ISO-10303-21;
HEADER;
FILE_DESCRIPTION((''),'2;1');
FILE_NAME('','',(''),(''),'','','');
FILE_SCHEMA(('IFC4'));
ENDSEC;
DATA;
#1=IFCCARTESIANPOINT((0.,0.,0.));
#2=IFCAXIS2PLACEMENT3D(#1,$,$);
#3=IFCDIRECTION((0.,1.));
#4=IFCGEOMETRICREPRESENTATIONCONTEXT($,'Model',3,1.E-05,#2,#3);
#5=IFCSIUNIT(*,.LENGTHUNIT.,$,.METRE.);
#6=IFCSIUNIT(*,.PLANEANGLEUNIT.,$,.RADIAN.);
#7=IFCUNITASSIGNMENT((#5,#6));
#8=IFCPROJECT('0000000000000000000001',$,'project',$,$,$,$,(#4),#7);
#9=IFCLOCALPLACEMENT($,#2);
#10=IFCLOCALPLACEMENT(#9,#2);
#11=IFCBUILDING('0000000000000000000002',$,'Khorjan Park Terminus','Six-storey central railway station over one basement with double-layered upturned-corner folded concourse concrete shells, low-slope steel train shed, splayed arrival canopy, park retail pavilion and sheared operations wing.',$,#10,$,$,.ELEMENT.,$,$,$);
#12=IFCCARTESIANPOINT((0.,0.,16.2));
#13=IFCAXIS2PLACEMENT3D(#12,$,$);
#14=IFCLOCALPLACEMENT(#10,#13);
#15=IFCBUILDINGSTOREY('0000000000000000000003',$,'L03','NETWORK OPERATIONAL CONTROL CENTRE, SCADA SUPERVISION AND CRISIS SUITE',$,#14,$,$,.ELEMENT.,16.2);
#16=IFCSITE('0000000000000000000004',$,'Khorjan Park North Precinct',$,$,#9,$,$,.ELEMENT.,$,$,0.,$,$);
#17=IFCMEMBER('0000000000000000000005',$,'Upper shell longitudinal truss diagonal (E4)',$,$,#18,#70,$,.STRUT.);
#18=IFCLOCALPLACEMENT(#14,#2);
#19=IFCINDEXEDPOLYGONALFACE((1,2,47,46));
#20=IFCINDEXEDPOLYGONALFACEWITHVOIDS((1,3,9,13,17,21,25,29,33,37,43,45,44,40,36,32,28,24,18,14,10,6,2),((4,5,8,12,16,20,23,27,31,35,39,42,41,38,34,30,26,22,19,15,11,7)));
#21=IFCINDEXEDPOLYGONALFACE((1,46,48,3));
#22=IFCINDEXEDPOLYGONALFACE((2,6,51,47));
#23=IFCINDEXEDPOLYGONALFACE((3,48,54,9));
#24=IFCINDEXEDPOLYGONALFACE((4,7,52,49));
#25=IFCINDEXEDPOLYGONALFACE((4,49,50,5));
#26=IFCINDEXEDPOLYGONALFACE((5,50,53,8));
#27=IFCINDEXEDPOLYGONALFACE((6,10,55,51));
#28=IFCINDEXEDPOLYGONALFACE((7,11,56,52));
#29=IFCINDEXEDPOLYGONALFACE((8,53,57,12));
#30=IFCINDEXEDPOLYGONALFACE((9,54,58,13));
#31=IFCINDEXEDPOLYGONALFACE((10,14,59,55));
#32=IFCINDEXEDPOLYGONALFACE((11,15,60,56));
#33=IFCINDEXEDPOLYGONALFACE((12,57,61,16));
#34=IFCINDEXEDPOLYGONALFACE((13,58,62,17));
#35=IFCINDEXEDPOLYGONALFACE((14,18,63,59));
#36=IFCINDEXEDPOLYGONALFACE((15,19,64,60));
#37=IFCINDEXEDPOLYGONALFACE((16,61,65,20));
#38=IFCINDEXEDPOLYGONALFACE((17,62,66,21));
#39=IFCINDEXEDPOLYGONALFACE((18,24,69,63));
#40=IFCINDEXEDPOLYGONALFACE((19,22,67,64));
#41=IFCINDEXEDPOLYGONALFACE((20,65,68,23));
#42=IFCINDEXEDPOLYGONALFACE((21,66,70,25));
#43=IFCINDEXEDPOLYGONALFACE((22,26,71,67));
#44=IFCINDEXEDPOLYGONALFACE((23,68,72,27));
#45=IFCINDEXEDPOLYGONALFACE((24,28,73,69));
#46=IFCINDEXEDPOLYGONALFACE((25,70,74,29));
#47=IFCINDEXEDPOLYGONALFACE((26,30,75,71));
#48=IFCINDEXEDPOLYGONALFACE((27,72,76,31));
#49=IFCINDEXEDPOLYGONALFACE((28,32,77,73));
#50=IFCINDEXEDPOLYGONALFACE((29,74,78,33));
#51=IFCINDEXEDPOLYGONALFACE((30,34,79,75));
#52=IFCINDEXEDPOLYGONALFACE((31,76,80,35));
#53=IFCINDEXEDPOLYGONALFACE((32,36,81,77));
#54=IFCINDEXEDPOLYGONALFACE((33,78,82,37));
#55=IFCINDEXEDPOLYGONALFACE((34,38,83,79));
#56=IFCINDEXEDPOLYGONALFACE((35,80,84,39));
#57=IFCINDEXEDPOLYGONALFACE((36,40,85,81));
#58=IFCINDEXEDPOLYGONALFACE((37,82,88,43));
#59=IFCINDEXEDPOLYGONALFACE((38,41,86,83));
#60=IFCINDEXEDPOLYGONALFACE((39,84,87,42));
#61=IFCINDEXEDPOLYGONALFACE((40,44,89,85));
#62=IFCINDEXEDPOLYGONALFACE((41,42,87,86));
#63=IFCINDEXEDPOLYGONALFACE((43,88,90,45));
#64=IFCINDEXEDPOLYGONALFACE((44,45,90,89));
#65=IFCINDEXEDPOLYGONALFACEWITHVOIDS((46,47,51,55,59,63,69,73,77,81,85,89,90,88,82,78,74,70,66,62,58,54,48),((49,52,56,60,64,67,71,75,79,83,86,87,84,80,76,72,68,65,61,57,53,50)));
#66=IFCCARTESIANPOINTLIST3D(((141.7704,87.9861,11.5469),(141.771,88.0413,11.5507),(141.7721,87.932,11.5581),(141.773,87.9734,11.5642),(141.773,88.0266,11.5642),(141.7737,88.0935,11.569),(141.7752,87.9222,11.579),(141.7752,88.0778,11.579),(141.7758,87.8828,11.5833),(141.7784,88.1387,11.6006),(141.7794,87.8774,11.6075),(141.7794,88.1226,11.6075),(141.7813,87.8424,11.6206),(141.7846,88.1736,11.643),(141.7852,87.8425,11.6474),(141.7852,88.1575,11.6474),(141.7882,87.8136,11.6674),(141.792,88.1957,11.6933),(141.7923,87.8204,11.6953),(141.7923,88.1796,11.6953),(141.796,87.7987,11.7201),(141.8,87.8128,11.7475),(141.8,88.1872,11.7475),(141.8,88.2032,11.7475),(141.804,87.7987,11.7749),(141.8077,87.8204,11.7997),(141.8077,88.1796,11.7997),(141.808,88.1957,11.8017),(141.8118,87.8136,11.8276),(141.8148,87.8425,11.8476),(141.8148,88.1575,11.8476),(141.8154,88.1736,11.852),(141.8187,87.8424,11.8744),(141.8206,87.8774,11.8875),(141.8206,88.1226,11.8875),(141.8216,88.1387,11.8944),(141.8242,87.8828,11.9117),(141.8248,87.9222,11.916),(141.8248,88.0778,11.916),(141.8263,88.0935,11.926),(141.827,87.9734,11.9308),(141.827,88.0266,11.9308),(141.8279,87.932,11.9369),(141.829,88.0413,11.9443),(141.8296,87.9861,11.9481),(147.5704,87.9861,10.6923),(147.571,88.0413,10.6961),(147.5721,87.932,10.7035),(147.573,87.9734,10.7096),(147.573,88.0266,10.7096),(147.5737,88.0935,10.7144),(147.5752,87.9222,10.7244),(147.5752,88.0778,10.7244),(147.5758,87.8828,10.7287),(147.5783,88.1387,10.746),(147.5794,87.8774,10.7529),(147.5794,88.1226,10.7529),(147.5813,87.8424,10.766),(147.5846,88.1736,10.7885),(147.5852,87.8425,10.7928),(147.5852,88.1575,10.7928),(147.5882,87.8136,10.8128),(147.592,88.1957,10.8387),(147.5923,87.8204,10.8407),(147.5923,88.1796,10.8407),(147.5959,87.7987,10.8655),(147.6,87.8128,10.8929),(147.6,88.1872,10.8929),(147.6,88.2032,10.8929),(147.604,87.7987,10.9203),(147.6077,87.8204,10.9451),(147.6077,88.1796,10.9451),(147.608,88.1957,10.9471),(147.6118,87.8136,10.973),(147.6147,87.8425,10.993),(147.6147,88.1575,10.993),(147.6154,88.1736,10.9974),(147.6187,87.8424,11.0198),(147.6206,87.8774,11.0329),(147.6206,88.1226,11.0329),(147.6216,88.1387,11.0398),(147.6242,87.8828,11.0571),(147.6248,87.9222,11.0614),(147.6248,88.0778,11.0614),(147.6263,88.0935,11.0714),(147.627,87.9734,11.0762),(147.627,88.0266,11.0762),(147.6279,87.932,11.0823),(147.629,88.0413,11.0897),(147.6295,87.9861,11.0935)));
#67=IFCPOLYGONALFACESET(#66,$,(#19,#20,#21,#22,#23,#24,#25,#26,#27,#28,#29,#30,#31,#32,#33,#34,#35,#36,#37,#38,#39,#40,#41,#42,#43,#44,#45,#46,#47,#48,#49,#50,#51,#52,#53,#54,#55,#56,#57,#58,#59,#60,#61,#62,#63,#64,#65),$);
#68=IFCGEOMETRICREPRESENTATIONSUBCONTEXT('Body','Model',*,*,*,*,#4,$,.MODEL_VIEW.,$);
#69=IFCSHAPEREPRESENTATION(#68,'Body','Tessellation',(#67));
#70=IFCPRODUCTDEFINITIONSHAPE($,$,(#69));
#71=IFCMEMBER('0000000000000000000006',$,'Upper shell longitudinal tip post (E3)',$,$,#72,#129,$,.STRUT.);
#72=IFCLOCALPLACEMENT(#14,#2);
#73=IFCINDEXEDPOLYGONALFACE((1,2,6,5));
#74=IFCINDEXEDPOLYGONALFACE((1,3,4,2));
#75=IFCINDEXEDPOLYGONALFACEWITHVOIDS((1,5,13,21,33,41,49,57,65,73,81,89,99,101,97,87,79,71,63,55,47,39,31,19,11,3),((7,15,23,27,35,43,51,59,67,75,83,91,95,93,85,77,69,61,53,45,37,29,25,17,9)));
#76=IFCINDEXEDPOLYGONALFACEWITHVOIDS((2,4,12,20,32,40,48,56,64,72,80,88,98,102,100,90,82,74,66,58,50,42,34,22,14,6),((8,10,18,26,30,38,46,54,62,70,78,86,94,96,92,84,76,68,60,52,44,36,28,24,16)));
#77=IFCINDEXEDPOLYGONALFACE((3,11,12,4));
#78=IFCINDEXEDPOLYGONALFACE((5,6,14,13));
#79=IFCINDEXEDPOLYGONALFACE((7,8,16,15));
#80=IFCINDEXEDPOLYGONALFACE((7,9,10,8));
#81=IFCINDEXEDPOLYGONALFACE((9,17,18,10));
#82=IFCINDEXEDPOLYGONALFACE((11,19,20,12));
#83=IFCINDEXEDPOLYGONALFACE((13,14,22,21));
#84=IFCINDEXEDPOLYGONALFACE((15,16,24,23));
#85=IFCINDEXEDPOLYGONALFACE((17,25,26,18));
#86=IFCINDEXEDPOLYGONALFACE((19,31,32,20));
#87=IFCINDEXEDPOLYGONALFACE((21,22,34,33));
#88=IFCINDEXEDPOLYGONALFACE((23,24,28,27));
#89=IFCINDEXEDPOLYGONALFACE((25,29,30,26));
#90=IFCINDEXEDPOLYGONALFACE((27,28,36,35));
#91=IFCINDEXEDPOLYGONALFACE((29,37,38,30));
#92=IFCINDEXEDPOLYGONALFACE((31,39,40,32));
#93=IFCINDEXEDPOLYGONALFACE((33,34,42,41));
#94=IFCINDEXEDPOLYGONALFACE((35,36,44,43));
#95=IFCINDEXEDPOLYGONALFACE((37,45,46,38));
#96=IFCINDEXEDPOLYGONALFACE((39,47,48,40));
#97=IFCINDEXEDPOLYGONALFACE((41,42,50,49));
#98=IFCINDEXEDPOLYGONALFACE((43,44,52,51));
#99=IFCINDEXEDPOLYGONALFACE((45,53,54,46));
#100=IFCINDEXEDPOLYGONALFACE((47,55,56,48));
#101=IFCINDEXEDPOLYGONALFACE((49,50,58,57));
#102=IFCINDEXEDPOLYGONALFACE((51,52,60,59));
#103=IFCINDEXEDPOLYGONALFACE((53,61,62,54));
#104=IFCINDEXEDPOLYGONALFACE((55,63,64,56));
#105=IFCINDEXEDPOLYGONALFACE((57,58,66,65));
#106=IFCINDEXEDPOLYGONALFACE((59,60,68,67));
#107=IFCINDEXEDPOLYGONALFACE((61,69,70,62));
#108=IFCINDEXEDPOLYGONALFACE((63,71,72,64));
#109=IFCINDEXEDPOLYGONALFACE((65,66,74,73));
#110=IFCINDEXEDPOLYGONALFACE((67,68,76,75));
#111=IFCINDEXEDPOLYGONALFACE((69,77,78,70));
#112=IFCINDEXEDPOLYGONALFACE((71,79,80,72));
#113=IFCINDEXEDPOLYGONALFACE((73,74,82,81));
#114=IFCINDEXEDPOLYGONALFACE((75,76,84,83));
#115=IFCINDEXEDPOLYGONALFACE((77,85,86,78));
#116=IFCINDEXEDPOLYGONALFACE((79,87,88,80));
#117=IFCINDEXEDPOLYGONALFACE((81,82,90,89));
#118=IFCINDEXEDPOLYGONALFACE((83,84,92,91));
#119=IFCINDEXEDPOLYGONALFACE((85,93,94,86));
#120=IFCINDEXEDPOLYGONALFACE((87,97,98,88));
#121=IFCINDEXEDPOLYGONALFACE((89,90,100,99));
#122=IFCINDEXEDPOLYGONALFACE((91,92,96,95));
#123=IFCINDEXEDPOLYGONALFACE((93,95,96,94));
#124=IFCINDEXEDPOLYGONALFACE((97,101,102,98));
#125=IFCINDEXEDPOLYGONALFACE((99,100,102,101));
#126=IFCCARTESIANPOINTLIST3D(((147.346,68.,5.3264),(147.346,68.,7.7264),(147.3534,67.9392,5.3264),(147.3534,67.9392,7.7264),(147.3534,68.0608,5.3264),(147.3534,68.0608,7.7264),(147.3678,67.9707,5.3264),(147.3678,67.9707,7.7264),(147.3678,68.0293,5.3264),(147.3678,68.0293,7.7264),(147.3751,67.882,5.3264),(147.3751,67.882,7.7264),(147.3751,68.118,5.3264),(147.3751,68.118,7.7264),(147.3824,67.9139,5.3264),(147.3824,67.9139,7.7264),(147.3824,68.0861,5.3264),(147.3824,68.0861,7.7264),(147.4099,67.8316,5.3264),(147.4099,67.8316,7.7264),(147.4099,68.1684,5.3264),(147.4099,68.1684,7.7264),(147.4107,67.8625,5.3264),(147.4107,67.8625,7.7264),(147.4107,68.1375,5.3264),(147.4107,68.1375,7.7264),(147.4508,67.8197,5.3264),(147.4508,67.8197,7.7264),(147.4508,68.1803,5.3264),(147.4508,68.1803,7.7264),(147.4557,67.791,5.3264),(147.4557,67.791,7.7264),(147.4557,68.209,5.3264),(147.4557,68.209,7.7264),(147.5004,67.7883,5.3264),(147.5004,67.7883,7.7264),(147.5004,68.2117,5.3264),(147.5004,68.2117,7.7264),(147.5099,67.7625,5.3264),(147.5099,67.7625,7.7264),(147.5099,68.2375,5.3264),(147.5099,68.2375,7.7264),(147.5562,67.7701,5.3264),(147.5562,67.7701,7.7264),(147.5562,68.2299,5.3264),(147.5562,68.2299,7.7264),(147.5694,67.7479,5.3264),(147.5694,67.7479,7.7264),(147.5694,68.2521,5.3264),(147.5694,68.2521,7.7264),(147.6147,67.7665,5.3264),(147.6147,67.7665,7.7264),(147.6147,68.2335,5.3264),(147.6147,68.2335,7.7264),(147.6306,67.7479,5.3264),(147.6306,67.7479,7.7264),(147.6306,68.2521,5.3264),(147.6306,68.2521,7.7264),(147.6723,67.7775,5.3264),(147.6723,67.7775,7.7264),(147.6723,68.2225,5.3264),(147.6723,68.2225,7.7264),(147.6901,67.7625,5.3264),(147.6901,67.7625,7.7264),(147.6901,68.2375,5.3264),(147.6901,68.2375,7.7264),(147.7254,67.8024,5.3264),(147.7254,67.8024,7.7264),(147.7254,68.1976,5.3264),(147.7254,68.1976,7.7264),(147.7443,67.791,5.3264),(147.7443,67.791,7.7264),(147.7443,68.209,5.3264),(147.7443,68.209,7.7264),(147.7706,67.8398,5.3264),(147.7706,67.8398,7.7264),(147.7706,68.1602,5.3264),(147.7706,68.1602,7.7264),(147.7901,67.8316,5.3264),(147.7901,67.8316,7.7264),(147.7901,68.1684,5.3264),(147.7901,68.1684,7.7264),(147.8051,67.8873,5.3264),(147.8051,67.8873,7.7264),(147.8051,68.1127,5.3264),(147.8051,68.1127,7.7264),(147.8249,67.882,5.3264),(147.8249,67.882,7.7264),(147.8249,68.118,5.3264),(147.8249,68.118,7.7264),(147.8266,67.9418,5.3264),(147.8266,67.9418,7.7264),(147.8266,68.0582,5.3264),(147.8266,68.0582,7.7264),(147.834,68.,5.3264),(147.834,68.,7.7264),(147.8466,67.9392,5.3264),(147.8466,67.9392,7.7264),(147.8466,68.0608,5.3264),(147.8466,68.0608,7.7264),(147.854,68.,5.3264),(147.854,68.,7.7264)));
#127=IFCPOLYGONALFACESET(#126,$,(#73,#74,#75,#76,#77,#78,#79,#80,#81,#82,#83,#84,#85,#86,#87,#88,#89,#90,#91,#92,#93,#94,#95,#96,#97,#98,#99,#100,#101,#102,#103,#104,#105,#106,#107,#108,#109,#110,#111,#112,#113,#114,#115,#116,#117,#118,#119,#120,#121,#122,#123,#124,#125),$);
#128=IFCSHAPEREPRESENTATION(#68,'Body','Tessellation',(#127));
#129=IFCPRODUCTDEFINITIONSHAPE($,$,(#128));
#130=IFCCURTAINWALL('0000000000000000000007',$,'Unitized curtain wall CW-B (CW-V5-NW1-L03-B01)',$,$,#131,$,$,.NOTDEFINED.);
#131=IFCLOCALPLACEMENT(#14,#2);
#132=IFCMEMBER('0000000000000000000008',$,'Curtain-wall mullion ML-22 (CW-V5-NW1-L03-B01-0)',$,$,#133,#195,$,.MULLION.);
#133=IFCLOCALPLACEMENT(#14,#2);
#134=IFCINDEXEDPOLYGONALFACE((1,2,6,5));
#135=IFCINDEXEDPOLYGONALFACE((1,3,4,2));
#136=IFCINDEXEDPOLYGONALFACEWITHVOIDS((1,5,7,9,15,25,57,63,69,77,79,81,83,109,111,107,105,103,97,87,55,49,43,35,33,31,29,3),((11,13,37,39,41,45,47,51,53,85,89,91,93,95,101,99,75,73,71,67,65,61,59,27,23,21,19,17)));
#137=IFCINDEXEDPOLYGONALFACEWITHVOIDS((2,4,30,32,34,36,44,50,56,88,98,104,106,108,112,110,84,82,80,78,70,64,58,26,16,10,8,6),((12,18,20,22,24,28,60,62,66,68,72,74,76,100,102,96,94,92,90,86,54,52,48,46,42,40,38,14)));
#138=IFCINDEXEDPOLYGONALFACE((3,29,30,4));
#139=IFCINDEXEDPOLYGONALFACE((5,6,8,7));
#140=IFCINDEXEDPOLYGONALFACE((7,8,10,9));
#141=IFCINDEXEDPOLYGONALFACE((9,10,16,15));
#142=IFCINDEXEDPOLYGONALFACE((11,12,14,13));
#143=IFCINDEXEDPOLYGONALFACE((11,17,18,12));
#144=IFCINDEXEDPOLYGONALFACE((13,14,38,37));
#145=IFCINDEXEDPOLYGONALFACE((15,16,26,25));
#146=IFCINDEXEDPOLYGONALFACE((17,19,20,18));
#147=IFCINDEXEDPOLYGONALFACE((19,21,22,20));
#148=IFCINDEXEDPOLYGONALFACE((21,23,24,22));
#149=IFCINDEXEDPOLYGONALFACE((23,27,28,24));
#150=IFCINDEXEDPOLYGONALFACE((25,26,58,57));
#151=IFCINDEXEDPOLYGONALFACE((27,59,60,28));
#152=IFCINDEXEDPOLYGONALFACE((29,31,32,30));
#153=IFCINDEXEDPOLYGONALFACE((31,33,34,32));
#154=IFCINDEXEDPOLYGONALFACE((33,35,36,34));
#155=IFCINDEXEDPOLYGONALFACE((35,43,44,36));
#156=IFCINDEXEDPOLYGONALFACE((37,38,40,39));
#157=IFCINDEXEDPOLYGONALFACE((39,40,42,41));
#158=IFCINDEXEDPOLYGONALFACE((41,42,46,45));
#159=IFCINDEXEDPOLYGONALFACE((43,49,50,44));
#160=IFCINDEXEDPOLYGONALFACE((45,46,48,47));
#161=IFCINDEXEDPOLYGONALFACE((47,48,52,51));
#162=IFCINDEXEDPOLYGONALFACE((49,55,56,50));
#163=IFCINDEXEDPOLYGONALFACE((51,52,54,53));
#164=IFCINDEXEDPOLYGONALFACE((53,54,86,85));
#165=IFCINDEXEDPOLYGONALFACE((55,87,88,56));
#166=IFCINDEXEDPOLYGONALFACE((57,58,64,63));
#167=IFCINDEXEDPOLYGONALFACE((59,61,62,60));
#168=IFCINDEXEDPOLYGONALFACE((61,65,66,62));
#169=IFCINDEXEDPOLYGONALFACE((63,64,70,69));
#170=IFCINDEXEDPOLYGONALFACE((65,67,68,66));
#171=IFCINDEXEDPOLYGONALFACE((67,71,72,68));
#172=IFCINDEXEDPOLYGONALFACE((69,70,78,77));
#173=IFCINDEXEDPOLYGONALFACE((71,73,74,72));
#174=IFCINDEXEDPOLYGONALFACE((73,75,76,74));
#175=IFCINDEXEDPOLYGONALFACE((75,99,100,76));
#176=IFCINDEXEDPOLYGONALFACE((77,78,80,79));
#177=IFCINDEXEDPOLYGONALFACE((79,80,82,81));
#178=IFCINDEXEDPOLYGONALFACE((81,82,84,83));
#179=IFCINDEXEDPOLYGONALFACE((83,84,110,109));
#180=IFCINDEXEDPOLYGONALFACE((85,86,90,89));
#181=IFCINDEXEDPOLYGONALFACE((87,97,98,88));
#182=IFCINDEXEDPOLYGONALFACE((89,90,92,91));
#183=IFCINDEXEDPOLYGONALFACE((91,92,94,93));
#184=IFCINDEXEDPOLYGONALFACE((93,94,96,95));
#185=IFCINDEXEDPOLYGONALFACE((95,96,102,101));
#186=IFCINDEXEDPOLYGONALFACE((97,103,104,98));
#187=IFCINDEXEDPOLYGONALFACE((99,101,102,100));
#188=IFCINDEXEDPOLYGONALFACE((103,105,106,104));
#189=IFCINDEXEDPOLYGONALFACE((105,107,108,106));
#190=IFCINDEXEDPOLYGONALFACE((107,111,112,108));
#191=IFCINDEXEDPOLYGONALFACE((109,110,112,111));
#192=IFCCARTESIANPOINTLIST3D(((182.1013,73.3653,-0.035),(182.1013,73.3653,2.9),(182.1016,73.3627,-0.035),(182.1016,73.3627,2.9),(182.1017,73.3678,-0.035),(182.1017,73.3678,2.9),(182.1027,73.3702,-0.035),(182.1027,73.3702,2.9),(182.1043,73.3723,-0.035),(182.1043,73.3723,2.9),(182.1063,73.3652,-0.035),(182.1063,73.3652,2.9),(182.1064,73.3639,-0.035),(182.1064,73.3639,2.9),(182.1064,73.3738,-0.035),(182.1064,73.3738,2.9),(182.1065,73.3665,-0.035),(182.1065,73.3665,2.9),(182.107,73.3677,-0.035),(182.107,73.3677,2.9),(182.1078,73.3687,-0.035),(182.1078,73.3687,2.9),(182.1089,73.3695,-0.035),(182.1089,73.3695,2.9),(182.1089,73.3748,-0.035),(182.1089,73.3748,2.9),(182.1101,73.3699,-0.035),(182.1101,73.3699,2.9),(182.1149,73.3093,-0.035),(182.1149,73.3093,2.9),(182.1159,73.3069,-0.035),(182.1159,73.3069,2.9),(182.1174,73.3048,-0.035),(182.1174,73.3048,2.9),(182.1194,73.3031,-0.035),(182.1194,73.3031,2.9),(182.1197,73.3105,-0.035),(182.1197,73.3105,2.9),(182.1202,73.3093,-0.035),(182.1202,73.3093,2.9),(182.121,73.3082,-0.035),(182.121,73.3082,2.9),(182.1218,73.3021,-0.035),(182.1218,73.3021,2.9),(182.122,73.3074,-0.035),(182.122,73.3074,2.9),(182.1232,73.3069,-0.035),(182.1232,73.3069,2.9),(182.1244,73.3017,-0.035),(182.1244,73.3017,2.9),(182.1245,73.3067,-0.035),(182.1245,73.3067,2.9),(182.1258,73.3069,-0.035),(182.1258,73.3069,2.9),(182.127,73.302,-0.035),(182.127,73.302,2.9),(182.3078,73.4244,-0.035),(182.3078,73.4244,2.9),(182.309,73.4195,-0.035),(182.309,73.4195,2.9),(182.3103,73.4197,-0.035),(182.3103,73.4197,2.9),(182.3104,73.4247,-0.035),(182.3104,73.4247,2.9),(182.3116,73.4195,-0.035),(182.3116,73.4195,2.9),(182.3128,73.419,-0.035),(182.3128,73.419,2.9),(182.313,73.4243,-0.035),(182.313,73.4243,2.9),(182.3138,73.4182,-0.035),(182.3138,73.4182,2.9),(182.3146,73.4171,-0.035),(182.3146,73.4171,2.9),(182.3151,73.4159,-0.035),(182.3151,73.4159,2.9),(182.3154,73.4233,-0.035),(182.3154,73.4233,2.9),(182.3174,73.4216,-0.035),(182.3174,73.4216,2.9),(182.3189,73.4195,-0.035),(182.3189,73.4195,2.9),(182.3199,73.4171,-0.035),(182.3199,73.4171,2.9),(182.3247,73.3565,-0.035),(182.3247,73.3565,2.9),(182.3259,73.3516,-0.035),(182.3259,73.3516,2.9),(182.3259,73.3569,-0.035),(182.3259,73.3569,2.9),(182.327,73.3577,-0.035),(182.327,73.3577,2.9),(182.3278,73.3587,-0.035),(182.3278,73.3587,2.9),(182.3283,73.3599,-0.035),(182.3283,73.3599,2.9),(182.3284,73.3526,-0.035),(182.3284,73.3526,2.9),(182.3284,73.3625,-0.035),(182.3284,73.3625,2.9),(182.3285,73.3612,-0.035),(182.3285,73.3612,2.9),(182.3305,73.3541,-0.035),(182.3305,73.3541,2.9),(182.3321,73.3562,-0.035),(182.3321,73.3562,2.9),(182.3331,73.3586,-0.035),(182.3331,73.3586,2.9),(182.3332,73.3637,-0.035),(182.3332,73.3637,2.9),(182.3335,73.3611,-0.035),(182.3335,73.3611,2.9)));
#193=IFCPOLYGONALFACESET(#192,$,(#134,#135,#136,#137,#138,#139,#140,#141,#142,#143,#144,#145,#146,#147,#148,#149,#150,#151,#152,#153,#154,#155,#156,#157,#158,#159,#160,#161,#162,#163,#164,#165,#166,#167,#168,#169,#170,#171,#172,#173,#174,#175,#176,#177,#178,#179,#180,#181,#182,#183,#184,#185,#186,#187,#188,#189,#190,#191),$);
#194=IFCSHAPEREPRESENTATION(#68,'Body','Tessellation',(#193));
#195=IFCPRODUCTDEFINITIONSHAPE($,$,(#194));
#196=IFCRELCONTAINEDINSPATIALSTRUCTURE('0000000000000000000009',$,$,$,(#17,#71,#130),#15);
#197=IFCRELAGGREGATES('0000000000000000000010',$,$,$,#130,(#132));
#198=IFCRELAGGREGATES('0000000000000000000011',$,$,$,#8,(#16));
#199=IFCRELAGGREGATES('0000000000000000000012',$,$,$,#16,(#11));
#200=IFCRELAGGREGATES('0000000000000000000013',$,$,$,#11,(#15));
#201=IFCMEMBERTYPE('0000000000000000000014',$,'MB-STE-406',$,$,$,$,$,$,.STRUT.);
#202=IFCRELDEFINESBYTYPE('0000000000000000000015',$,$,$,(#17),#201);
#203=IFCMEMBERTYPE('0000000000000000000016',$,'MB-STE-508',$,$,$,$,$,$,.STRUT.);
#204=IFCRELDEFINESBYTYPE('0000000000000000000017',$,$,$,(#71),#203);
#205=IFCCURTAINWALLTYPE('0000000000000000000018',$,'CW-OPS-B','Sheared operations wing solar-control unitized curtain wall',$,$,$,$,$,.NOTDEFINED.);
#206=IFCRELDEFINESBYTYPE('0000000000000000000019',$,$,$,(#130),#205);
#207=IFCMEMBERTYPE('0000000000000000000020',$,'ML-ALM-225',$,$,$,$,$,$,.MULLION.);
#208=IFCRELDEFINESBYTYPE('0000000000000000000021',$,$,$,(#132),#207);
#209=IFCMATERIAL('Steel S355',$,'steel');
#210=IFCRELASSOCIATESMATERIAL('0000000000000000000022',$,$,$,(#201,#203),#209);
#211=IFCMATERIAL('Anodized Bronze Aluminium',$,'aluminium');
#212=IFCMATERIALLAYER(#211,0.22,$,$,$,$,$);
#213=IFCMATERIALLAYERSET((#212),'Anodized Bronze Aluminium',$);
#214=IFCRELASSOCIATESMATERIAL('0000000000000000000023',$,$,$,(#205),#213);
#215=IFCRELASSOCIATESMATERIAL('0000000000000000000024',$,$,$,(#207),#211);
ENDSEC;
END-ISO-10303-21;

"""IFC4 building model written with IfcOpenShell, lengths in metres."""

from ifc_helpers import new_model, si_unit, direction, frame, origin, origin_2d, place, context, subcontext, project, spatial, hollow_rectangle, hollow_circle, extrude, material, layer, layer_set, material_profile, profile_set, type_object, element, aggregate, save


model = new_model("IFC4")

# Units and contexts
model_context = context("Model", 3, precision=1e-05, world=origin(), true_north=direction((0.0, 1.0)))
body_context = subcontext(model_context, "Body", "Model", "MODEL_VIEW")
ifc_project = project(units=[si_unit("LENGTHUNIT", "METRE"), si_unit("PLANEANGLEUNIT", "RADIAN")], contexts=[model_context])

# Site, building, storey
site_placement = place(None, origin())
site = spatial("IfcSite", under=ifc_project, at=site_placement, Name="Khorjan Park North Precinct", CompositionType="ELEMENT", RefElevation=0.0)
building_placement = place(site_placement, origin())
building = spatial("IfcBuilding", under=site, at=building_placement, Name="Khorjan Park Terminus", Description="Six-storey central railway station over one basement with double-layered upturned-corner folded concourse concrete shells, low-slope steel train shed, splayed arrival canopy, park retail pavilion and sheared operations wing.", CompositionType="ELEMENT")
storey_placement = place(building_placement, frame((0.0, 0.0, 16.2)))
storey = spatial("IfcBuildingStorey", under=building, at=storey_placement, Name="L03", Description="NETWORK OPERATIONAL CONTROL CENTRE, SCADA SUPERVISION AND CRISIS SUITE", CompositionType="ELEMENT", Elevation=16.2)

# Shared definitions
ifc_material_1 = material(Name="Steel S355", Category="steel")

# Members
ifc_material_profile_1 = material_profile(ifc_material_1, hollow_circle(Radius=0.2032, WallThickness=0.016, at=origin_2d()), Name="CHS 406.4x16")
ifc_profile_set_1 = profile_set([ifc_material_profile_1], Name="Steel S355")
member_type_1 = type_object("IfcMemberType", Name="MB-STE-406", PredefinedType="STRUT", material=ifc_profile_set_1)
member_1_placement = place(storey_placement, frame((141.8, 88.0, 11.7475), z_axis=(0.989318, 0.0, -0.145771), x_axis=(0.0, 1.0, 0.0)))
element("IfcMember", 1, at=member_1_placement, inside=storey, type_object=member_type_1, Name="Upper shell longitudinal truss diagonal (E4)", PredefinedType="STRUT", context=body_context, shape_type="SweptSolid", body=[
    extrude(hollow_circle(Radius=0.2032, WallThickness=0.016, at=origin_2d()), origin(), (0.0, 0.0, 1.0), 5.8626),
])
ifc_material_profile_2 = material_profile(ifc_material_1, hollow_circle(Radius=0.254, WallThickness=0.02, at=origin_2d()), Name="CHS 508x20")
ifc_profile_set_2 = profile_set([ifc_material_profile_2], Name="Steel S355")
member_type_2 = type_object("IfcMemberType", Name="MB-STE-508", PredefinedType="STRUT", material=ifc_profile_set_2)
member_2_placement = place(storey_placement, frame((147.6, 68.0, 5.3264), z_axis=(0.0, 0.0, 1.0), x_axis=(1.0, 0.0, 0.0)))
element("IfcMember", 2, at=member_2_placement, inside=storey, type_object=member_type_2, Name="Upper shell longitudinal tip post (E3)", PredefinedType="STRUT", context=body_context, shape_type="SweptSolid", body=[
    extrude(hollow_circle(Radius=0.254, WallThickness=0.02, at=origin_2d()), origin(), (0.0, 0.0, 1.0), 2.4),
])

# Curtain wall, member
ifc_material_2 = material(Name="Anodized Bronze Aluminium", Category="aluminium")
ifc_layer_1 = layer(ifc_material_2, 0.22)
ifc_layer_set_1 = layer_set([ifc_layer_1], Name="Anodized Bronze Aluminium")
curtain_wall_type = type_object("IfcCurtainWallType", Name="CW-OPS-B", Description="Sheared operations wing solar-control unitized curtain wall", PredefinedType="NOTDEFINED", material=ifc_layer_set_1)
curtain_wall_placement = place(storey_placement, origin())
curtain_wall = element("IfcCurtainWall", 3, at=curtain_wall_placement, inside=storey, type_object=curtain_wall_type, Name="Unitized curtain wall CW-B (CW-V5-NW1-L03-B01)", PredefinedType="NOTDEFINED")
ifc_material_profile_3 = material_profile(ifc_material_2, hollow_rectangle(XDim=0.075, YDim=0.225, WallThickness=0.005, InnerFilletRadius=0.005, OuterFilletRadius=0.01, at=origin_2d()), Name="ALM 75x225x5")
ifc_profile_set_3 = profile_set([ifc_material_profile_3], Name="Anodized Bronze Aluminium")
member_type_3 = type_object("IfcMemberType", Name="ML-ALM-225", PredefinedType="MULLION", material=ifc_profile_set_3)
member_3_placement = place(storey_placement, frame((182.2174, 73.3632, -0.035), z_axis=(0.0, 0.0, 1.0), x_axis=(0.241923, -0.970296, 0.0)))
member_3 = element("IfcMember", 4, at=member_3_placement, type_object=member_type_3, Name="Curtain-wall mullion ML-22 (CW-V5-NW1-L03-B01-0)", PredefinedType="MULLION", context=body_context, shape_type="SweptSolid", body=[
    extrude(hollow_rectangle(XDim=0.075, YDim=0.225, WallThickness=0.005, InnerFilletRadius=0.005, OuterFilletRadius=0.01, at=origin_2d()), origin(), (0.0, 0.0, 1.0), 2.935),
])

aggregate(curtain_wall, [member_3])

save(model, "model.ifc")
